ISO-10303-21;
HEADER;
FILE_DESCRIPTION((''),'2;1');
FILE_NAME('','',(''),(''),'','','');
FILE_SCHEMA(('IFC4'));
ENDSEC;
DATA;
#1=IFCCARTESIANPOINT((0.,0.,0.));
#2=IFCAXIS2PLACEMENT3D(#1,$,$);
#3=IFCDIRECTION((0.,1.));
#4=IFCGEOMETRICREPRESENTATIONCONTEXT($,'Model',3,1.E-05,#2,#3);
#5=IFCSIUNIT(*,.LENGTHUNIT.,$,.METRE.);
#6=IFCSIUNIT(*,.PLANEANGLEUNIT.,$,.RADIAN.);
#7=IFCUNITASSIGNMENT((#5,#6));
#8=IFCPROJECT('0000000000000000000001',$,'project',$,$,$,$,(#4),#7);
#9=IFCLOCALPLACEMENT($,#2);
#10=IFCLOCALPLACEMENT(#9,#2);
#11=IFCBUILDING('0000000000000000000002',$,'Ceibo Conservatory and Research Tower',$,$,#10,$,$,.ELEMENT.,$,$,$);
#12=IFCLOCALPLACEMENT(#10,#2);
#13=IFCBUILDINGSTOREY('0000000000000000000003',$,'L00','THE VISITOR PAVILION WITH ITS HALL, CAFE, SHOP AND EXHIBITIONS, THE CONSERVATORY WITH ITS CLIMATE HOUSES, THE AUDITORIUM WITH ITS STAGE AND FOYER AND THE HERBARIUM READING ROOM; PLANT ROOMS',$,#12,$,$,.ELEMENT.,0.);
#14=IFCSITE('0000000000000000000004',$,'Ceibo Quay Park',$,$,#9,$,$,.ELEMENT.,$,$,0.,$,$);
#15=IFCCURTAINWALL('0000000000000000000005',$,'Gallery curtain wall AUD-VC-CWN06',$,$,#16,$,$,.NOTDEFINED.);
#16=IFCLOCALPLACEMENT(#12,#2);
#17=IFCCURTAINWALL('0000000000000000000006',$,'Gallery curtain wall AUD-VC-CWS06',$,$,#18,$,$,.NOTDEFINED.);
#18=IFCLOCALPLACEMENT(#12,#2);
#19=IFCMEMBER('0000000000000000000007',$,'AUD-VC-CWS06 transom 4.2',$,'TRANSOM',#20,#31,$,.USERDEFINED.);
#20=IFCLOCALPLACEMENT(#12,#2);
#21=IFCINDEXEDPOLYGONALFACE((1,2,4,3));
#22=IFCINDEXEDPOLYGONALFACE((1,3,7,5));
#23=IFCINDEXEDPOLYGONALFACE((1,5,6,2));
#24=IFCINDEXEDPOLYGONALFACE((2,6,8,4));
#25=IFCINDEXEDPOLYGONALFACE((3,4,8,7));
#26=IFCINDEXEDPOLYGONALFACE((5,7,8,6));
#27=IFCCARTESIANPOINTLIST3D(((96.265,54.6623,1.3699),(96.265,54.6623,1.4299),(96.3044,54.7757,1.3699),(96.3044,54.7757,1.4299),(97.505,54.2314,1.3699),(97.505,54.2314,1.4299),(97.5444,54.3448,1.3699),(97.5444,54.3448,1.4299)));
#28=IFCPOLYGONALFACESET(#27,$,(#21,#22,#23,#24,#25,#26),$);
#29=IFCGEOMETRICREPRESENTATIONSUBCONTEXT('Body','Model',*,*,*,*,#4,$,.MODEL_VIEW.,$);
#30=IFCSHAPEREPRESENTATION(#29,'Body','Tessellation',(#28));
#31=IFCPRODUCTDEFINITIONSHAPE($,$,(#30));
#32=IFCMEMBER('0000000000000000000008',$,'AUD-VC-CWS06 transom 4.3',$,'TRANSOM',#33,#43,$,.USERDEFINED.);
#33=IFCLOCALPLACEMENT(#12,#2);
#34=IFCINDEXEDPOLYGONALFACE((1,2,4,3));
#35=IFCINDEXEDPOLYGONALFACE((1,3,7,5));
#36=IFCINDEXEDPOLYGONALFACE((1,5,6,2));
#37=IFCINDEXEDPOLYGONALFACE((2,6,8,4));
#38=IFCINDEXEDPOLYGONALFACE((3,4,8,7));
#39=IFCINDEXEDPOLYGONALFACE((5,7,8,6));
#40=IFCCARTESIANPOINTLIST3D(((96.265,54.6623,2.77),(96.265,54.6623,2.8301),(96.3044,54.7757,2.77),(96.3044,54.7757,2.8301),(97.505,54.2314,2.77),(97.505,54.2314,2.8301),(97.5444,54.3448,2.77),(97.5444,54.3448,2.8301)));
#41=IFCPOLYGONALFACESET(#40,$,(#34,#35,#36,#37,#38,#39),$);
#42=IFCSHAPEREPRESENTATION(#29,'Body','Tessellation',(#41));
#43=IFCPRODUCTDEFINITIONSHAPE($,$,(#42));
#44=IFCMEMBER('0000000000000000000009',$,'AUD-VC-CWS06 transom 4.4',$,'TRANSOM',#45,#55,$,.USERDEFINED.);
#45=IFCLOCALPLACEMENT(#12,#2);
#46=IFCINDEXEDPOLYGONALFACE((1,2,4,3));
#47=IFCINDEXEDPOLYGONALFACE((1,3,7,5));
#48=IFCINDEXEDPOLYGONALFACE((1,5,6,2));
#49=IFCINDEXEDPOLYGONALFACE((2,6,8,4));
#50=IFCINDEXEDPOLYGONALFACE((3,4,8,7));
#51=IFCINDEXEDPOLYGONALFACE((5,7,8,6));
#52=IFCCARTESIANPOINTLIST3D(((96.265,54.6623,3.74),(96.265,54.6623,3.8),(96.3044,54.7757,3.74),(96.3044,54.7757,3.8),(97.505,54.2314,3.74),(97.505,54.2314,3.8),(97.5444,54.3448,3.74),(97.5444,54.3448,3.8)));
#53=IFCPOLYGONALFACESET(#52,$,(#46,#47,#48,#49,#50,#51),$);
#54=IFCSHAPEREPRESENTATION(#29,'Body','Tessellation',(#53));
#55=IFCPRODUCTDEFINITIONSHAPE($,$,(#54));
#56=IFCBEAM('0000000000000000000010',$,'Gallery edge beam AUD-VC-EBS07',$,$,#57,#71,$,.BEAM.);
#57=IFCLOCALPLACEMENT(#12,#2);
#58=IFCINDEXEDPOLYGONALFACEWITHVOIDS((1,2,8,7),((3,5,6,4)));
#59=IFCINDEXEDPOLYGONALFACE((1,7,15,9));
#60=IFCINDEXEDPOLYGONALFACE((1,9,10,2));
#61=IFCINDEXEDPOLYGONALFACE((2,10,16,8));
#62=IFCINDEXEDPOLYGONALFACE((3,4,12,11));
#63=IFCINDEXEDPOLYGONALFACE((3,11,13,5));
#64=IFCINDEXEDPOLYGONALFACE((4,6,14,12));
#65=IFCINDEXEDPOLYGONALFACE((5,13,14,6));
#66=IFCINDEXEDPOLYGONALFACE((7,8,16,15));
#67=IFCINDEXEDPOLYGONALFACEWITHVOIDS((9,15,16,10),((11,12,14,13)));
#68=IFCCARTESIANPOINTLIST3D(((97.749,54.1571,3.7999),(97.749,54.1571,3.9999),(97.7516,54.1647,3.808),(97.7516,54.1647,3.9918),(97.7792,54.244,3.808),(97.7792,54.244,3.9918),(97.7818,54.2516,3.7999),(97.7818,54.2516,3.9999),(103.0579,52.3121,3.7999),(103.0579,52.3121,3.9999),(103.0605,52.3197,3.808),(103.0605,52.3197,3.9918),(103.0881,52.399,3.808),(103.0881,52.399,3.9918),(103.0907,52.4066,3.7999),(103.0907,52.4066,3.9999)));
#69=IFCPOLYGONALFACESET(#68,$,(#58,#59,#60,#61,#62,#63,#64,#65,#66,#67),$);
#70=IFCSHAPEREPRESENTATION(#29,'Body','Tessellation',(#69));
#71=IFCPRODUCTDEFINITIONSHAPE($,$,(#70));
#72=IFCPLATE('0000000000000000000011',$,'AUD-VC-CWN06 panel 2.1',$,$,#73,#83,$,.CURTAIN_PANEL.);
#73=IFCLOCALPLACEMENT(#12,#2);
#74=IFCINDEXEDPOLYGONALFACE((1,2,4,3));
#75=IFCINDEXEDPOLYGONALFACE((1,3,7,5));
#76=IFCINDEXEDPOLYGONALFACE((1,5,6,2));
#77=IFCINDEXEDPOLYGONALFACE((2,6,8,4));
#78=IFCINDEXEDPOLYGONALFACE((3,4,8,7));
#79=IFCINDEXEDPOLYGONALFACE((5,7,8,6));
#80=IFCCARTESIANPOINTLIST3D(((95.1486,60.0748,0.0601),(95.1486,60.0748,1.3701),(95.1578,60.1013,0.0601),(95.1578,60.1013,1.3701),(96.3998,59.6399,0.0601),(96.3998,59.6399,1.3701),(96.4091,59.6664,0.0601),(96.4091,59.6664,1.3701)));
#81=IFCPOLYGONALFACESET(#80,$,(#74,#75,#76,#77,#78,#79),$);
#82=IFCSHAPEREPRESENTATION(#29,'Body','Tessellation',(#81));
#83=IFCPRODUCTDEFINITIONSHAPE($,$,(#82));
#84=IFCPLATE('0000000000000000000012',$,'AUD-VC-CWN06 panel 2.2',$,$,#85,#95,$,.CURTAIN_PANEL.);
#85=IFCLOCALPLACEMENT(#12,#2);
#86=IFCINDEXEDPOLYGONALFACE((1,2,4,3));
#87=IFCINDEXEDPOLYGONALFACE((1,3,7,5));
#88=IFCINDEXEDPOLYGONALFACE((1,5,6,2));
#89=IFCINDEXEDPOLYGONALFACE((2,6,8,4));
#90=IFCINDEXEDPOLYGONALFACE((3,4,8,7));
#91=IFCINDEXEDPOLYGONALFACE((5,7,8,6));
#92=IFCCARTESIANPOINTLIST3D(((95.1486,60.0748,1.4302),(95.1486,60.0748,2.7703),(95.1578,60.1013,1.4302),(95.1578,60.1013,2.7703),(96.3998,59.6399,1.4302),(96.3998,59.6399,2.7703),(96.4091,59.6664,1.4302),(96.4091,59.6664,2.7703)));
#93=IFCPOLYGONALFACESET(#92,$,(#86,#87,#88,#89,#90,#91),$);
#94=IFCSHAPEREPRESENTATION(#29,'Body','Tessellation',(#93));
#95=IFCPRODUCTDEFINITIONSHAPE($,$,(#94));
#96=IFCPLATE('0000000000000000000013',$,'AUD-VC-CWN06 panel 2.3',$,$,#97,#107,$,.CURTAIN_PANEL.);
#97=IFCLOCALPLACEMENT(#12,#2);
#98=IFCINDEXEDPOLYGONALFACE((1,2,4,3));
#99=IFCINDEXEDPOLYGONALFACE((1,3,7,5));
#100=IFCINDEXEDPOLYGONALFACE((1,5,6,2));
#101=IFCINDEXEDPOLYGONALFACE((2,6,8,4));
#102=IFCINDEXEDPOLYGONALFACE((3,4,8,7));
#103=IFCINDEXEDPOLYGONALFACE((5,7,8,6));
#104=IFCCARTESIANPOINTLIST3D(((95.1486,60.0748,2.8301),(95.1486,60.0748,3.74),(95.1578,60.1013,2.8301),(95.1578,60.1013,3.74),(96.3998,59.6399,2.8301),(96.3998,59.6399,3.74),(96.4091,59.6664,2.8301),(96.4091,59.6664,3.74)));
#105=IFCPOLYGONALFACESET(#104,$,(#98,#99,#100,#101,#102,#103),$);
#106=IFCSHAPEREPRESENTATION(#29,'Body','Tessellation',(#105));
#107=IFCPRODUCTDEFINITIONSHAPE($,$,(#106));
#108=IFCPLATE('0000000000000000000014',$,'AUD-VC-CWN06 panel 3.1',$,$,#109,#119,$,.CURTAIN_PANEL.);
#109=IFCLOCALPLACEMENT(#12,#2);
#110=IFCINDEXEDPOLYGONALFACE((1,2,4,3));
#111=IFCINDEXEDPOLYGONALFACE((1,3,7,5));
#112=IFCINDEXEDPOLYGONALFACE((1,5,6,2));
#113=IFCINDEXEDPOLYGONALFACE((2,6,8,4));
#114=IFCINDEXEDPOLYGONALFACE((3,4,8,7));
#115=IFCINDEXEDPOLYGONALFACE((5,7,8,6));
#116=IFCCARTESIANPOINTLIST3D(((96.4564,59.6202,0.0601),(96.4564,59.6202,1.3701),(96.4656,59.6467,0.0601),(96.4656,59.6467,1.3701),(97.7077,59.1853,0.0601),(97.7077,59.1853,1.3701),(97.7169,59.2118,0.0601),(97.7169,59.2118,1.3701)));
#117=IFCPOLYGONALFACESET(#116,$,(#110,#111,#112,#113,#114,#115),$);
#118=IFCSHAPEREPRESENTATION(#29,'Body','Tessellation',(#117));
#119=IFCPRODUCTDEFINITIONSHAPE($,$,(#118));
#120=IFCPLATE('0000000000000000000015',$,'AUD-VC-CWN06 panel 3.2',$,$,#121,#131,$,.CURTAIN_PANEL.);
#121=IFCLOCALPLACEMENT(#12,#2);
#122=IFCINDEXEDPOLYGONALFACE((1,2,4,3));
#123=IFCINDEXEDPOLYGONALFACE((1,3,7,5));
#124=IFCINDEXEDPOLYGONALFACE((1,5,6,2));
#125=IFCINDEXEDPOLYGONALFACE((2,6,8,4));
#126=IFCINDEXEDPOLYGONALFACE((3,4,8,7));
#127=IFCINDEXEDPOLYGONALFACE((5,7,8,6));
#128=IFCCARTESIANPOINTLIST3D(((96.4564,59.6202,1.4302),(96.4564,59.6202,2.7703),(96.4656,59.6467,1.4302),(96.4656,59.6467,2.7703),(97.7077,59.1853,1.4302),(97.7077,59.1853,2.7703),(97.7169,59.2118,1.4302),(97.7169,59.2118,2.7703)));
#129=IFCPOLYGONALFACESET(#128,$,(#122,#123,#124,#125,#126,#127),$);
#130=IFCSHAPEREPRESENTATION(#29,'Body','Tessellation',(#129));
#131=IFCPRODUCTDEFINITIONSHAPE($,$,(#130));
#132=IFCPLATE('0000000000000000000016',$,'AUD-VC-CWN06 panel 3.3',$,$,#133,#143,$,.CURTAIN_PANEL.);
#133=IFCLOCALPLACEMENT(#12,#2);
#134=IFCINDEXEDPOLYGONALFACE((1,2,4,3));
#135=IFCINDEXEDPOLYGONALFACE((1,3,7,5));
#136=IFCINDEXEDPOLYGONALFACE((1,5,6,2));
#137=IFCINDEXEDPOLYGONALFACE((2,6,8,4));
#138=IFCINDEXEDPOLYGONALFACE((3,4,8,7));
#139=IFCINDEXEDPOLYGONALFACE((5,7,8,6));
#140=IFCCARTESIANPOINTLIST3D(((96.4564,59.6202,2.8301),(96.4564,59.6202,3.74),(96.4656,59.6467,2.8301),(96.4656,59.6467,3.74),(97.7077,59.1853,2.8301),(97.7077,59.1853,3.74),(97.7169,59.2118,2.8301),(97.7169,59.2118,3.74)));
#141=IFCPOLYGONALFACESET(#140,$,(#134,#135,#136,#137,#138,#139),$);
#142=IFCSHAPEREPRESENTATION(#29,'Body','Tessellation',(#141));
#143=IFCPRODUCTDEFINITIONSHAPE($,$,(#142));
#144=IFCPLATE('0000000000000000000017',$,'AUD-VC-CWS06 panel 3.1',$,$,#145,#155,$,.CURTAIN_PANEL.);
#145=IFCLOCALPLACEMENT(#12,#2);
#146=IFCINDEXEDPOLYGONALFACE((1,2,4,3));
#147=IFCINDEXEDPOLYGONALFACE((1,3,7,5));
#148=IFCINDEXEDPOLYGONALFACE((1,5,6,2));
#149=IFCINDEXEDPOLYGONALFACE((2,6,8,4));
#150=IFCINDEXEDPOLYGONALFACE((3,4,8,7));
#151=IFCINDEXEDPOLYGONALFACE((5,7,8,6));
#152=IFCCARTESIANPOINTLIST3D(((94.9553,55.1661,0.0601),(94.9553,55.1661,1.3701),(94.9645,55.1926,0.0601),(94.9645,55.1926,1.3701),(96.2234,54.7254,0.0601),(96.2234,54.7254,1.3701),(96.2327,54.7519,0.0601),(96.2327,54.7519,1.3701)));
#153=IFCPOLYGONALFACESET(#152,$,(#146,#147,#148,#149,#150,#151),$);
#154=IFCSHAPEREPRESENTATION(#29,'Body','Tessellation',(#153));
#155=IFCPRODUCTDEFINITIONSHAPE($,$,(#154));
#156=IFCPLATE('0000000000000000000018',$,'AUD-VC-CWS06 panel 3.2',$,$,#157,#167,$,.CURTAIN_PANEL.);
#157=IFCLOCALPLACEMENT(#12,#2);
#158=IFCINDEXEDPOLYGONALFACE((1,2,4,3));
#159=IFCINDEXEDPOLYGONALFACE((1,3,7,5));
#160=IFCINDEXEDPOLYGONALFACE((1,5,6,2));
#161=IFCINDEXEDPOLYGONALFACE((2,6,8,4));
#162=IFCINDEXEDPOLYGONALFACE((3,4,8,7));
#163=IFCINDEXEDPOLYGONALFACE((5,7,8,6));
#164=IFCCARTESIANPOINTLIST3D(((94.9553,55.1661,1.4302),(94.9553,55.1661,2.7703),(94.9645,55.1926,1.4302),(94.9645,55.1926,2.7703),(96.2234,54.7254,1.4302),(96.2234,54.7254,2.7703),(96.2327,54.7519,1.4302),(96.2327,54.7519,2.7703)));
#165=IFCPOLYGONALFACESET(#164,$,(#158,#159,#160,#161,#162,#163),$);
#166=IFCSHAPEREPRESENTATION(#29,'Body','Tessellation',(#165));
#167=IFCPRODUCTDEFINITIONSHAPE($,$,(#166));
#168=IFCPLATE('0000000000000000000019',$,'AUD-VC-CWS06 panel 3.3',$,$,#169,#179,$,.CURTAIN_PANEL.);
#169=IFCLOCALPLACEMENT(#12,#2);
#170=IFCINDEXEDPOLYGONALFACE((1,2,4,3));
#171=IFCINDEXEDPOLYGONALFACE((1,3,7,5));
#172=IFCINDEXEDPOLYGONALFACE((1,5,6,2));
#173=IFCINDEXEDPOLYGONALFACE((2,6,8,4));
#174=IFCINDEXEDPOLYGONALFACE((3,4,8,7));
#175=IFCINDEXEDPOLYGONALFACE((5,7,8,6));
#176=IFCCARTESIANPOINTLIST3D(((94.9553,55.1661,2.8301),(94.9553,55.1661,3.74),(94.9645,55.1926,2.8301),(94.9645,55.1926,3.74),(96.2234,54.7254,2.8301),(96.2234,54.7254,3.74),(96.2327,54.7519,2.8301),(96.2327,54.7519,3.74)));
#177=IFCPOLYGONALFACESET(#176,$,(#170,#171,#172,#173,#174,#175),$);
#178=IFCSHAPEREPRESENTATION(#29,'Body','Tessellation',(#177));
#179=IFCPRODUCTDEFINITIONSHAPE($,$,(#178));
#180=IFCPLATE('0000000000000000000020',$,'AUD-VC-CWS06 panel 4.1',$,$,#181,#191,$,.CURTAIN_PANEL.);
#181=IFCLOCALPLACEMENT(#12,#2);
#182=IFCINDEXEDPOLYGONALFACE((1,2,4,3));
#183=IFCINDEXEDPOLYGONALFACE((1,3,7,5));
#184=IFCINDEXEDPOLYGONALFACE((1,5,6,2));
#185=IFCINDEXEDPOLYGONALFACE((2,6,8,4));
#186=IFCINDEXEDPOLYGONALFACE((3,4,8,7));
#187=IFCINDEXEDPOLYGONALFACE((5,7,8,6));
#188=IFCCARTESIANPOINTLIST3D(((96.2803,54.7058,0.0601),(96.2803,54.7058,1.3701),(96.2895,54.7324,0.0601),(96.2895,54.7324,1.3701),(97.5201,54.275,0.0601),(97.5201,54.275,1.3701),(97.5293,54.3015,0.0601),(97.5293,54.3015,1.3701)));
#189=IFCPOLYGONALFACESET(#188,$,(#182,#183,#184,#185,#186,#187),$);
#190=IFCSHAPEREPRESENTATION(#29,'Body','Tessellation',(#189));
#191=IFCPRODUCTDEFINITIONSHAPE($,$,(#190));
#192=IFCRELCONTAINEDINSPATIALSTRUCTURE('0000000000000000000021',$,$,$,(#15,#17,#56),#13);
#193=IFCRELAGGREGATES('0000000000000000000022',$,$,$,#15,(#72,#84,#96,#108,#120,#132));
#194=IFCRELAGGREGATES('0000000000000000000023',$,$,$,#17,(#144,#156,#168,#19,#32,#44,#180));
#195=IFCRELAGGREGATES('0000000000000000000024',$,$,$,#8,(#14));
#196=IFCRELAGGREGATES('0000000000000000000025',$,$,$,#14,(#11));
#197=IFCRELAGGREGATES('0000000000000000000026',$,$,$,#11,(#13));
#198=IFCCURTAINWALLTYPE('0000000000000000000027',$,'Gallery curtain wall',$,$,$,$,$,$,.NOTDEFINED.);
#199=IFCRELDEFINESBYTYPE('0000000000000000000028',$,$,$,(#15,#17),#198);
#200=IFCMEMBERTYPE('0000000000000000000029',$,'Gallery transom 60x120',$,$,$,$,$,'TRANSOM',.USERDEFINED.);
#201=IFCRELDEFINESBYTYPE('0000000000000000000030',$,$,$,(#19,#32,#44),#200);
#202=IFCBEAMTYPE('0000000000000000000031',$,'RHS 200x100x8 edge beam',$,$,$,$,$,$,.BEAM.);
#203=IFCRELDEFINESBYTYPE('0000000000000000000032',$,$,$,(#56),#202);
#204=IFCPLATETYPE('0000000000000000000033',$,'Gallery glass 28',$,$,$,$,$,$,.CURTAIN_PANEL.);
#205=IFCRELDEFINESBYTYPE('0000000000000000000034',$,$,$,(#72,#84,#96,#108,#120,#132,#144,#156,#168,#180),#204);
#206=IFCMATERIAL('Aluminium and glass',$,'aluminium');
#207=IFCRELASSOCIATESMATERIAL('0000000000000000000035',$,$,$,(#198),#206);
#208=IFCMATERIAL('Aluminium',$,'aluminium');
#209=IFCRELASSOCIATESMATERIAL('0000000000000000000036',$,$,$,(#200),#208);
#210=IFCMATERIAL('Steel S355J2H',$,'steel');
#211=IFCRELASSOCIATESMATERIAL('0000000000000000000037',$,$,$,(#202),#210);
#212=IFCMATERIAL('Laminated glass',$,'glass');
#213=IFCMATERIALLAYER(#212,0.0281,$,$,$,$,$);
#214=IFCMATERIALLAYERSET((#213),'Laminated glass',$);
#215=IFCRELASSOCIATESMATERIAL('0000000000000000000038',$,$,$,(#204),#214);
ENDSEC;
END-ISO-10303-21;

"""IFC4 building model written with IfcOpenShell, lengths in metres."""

from ifc_helpers import new_model, si_unit, direction, frame, origin, origin_2d, place, context, subcontext, project, spatial, rectangle, hollow_rectangle, extrude, material, layer, layer_set, material_profile, profile_set, type_object, element, aggregate, save


model = new_model("IFC4")

# Units and contexts
model_context = context("Model", 3, precision=1e-05, world=origin(), true_north=direction((0.0, 1.0)))
body_context = subcontext(model_context, "Body", "Model", "MODEL_VIEW")
ifc_project = project(units=[si_unit("LENGTHUNIT", "METRE"), si_unit("PLANEANGLEUNIT", "RADIAN")], contexts=[model_context])

# Site, building, storey
site_placement = place(None, origin())
site = spatial("IfcSite", under=ifc_project, at=site_placement, Name="Ceibo Quay Park", CompositionType="ELEMENT", RefElevation=0.0)
building_placement = place(site_placement, origin())
building = spatial("IfcBuilding", under=site, at=building_placement, Name="Ceibo Conservatory and Research Tower", CompositionType="ELEMENT")
storey_placement = place(building_placement, origin())
storey = spatial("IfcBuildingStorey", under=building, at=storey_placement, Name="L00", Description="THE VISITOR PAVILION WITH ITS HALL, CAFE, SHOP AND EXHIBITIONS, THE CONSERVATORY WITH ITS CLIMATE HOUSES, THE AUDITORIUM WITH ITS STAGE AND FOYER AND THE HERBARIUM READING ROOM; PLANT ROOMS", CompositionType="ELEMENT", Elevation=0.0)

# Shared definitions
ifc_material_1 = material(Name="Steel S355J2H", Category="steel")

# Curtain walls
ifc_material_2 = material(Name="Aluminium and glass", Category="aluminium")
curtain_wall_type = type_object("IfcCurtainWallType", Name="Gallery curtain wall", PredefinedType="NOTDEFINED", material=ifc_material_2)
curtain_wall_1_placement = place(storey_placement, origin())
curtain_wall_1 = element("IfcCurtainWall", 1, at=curtain_wall_1_placement, inside=storey, type_object=curtain_wall_type, Name="Gallery curtain wall AUD-VC-CWN06", PredefinedType="NOTDEFINED")
ifc_material_3 = material(Name="Aluminium", Category="aluminium")
curtain_wall_2_placement = place(storey_placement, origin())
curtain_wall_2 = element("IfcCurtainWall", 2, at=curtain_wall_2_placement, inside=storey, type_object=curtain_wall_type, Name="Gallery curtain wall AUD-VC-CWS06", PredefinedType="NOTDEFINED")

# Members
ifc_material_profile_1 = material_profile(ifc_material_3, rectangle(XDim=0.1201, YDim=0.0601, at=origin_2d()), Name="AL 60x120")
ifc_profile_set_1 = profile_set([ifc_material_profile_1], Name="Aluminium")
member_type_1 = type_object("IfcMemberType", Name="Gallery transom 60x120", ElementType="TRANSOM", PredefinedType="USERDEFINED", material=ifc_profile_set_1)
member_1_placement = place(storey_placement, frame((96.2847, 54.719, 1.3999), z_axis=(0.94459, -0.328254, 0.0), x_axis=(0.328254, 0.94459, 0.0)))
member_1 = element("IfcMember", 3, at=member_1_placement, type_object=member_type_1, Name="AUD-VC-CWS06 transom 4.2", ObjectType="TRANSOM", PredefinedType="USERDEFINED", context=body_context, shape_type="SweptSolid", body=[
    extrude(rectangle(XDim=0.1201, YDim=0.0601, at=origin_2d()), origin(), (0.0, 0.0, 1.0), 1.3127),
])
member_2_placement = place(storey_placement, frame((96.2847, 54.719, 2.8), z_axis=(0.94459, -0.328254, 0.0), x_axis=(0.328254, 0.94459, 0.0)))
member_2 = element("IfcMember", 4, at=member_2_placement, type_object=member_type_1, Name="AUD-VC-CWS06 transom 4.3", ObjectType="TRANSOM", PredefinedType="USERDEFINED", context=body_context, shape_type="SweptSolid", body=[
    extrude(rectangle(XDim=0.1201, YDim=0.0601, at=origin_2d()), origin(), (0.0, 0.0, 1.0), 1.3127),
])
member_3_placement = place(storey_placement, frame((96.2847, 54.719, 3.77), z_axis=(0.94459, -0.328254, 0.0), x_axis=(0.328254, 0.94459, 0.0)))
member_3 = element("IfcMember", 5, at=member_3_placement, type_object=member_type_1, Name="AUD-VC-CWS06 transom 4.4", ObjectType="TRANSOM", PredefinedType="USERDEFINED", context=body_context, shape_type="SweptSolid", body=[
    extrude(rectangle(XDim=0.1201, YDim=0.0601, at=origin_2d()), origin(), (0.0, 0.0, 1.0), 1.3127),
])

# Beam
ifc_material_profile_2 = material_profile(ifc_material_1, hollow_rectangle(XDim=0.1001, YDim=0.2, WallThickness=0.0081, at=origin_2d()), Name="RHS 200x100x8 edge beam")
ifc_profile_set_2 = profile_set([ifc_material_profile_2], Name="Steel S355J2H")
beam_type = type_object("IfcBeamType", Name="RHS 200x100x8 edge beam", PredefinedType="BEAM", material=ifc_profile_set_2)
beam_placement = place(storey_placement, frame((97.7654, 54.2043, 3.8999), z_axis=(0.944584, -0.32827, 0.0), x_axis=(0.32827, 0.944584, 0.0)))
element("IfcBeam", 6, at=beam_placement, inside=storey, type_object=beam_type, Name="Gallery edge beam AUD-VC-EBS07", PredefinedType="BEAM", context=body_context, shape_type="SweptSolid", body=[
    extrude(hollow_rectangle(XDim=0.1001, YDim=0.2, WallThickness=0.0081, at=origin_2d()), origin(), (0.0, 0.0, 1.0), 5.6204),
])

# Plates
ifc_material_4 = material(Name="Laminated glass", Category="glass")
ifc_layer = layer(ifc_material_4, 0.0281)
ifc_layer_set = layer_set([ifc_layer], Name="Laminated glass")
plate_type = type_object("IfcPlateType", Name="Gallery glass 28", PredefinedType="CURTAIN_PANEL", material=ifc_layer_set)
plate_1_placement = place(storey_placement, frame((95.7788, 59.8706, 0.0601), z_axis=(0.0, 0.0, 1.0), x_axis=(0.944579, -0.328284, 0.0)))
plate_1 = element("IfcPlate", 7, at=plate_1_placement, type_object=plate_type, Name="AUD-VC-CWN06 panel 2.1", PredefinedType="CURTAIN_PANEL", context=body_context, shape_type="SweptSolid", body=[
    extrude(rectangle(XDim=1.3247, YDim=0.0281, at=origin_2d()), origin(), (0.0, 0.0, 1.0), 1.3101),
])
plate_2_placement = place(storey_placement, frame((95.7788, 59.8706, 1.4302), z_axis=(0.0, 0.0, 1.0), x_axis=(0.944579, -0.328284, 0.0)))
plate_2 = element("IfcPlate", 8, at=plate_2_placement, type_object=plate_type, Name="AUD-VC-CWN06 panel 2.2", PredefinedType="CURTAIN_PANEL", context=body_context, shape_type="SweptSolid", body=[
    extrude(rectangle(XDim=1.3247, YDim=0.0281, at=origin_2d()), origin(), (0.0, 0.0, 1.0), 1.3401),
])
plate_3_placement = place(storey_placement, frame((95.7788, 59.8706, 2.8301), z_axis=(0.0, 0.0, 1.0), x_axis=(0.944579, -0.328284, 0.0)))
plate_3 = element("IfcPlate", 9, at=plate_3_placement, type_object=plate_type, Name="AUD-VC-CWN06 panel 2.3", PredefinedType="CURTAIN_PANEL", context=body_context, shape_type="SweptSolid", body=[
    extrude(rectangle(XDim=1.3247, YDim=0.0281, at=origin_2d()), origin(), (0.0, 0.0, 1.0), 0.9099),
])
plate_4_placement = place(storey_placement, frame((97.0867, 59.416, 0.0601), z_axis=(0.0, 0.0, 1.0), x_axis=(0.944579, -0.328284, 0.0)))
plate_4 = element("IfcPlate", 10, at=plate_4_placement, type_object=plate_type, Name="AUD-VC-CWN06 panel 3.1", PredefinedType="CURTAIN_PANEL", context=body_context, shape_type="SweptSolid", body=[
    extrude(rectangle(XDim=1.3247, YDim=0.0281, at=origin_2d()), origin(), (0.0, 0.0, 1.0), 1.3101),
])
plate_5_placement = place(storey_placement, frame((97.0867, 59.416, 1.4302), z_axis=(0.0, 0.0, 1.0), x_axis=(0.944579, -0.328284, 0.0)))
plate_5 = element("IfcPlate", 11, at=plate_5_placement, type_object=plate_type, Name="AUD-VC-CWN06 panel 3.2", PredefinedType="CURTAIN_PANEL", context=body_context, shape_type="SweptSolid", body=[
    extrude(rectangle(XDim=1.3247, YDim=0.0281, at=origin_2d()), origin(), (0.0, 0.0, 1.0), 1.3401),
])
plate_6_placement = place(storey_placement, frame((97.0867, 59.416, 2.8301), z_axis=(0.0, 0.0, 1.0), x_axis=(0.944579, -0.328284, 0.0)))
plate_6 = element("IfcPlate", 12, at=plate_6_placement, type_object=plate_type, Name="AUD-VC-CWN06 panel 3.3", PredefinedType="CURTAIN_PANEL", context=body_context, shape_type="SweptSolid", body=[
    extrude(rectangle(XDim=1.3247, YDim=0.0281, at=origin_2d()), origin(), (0.0, 0.0, 1.0), 0.9099),
])
aggregate(curtain_wall_1, [plate_1, plate_2, plate_3, plate_4, plate_5, plate_6])
plate_7_placement = place(storey_placement, frame((95.594, 54.959, 0.0601), z_axis=(0.0, 0.0, 1.0), x_axis=(0.944579, -0.328284, 0.0)))
plate_7 = element("IfcPlate", 13, at=plate_7_placement, type_object=plate_type, Name="AUD-VC-CWS06 panel 3.1", PredefinedType="CURTAIN_PANEL", context=body_context, shape_type="SweptSolid", body=[
    extrude(rectangle(XDim=1.3425, YDim=0.0281, at=origin_2d()), origin(), (0.0, 0.0, 1.0), 1.3101),
])
plate_8_placement = place(storey_placement, frame((95.594, 54.959, 1.4302), z_axis=(0.0, 0.0, 1.0), x_axis=(0.944579, -0.328284, 0.0)))
plate_8 = element("IfcPlate", 14, at=plate_8_placement, type_object=plate_type, Name="AUD-VC-CWS06 panel 3.2", PredefinedType="CURTAIN_PANEL", context=body_context, shape_type="SweptSolid", body=[
    extrude(rectangle(XDim=1.3425, YDim=0.0281, at=origin_2d()), origin(), (0.0, 0.0, 1.0), 1.3401),
])
plate_9_placement = place(storey_placement, frame((95.594, 54.959, 2.8301), z_axis=(0.0, 0.0, 1.0), x_axis=(0.944579, -0.328284, 0.0)))
plate_9 = element("IfcPlate", 15, at=plate_9_placement, type_object=plate_type, Name="AUD-VC-CWS06 panel 3.3", PredefinedType="CURTAIN_PANEL", context=body_context, shape_type="SweptSolid", body=[
    extrude(rectangle(XDim=1.3425, YDim=0.0281, at=origin_2d()), origin(), (0.0, 0.0, 1.0), 0.9099),
])
plate_10_placement = place(storey_placement, frame((96.9048, 54.5037, 0.0601), z_axis=(0.0, 0.0, 1.0), x_axis=(0.944579, -0.328284, 0.0)))
plate_10 = element("IfcPlate", 16, at=plate_10_placement, type_object=plate_type, Name="AUD-VC-CWS06 panel 4.1", PredefinedType="CURTAIN_PANEL", context=body_context, shape_type="SweptSolid", body=[
    extrude(rectangle(XDim=1.3125, YDim=0.0281, at=origin_2d()), origin(), (0.0, 0.0, 1.0), 1.3101),
])
aggregate(curtain_wall_2, [plate_7, plate_8, plate_9, member_1, member_2, member_3, plate_10])

save(model, "model.ifc")
